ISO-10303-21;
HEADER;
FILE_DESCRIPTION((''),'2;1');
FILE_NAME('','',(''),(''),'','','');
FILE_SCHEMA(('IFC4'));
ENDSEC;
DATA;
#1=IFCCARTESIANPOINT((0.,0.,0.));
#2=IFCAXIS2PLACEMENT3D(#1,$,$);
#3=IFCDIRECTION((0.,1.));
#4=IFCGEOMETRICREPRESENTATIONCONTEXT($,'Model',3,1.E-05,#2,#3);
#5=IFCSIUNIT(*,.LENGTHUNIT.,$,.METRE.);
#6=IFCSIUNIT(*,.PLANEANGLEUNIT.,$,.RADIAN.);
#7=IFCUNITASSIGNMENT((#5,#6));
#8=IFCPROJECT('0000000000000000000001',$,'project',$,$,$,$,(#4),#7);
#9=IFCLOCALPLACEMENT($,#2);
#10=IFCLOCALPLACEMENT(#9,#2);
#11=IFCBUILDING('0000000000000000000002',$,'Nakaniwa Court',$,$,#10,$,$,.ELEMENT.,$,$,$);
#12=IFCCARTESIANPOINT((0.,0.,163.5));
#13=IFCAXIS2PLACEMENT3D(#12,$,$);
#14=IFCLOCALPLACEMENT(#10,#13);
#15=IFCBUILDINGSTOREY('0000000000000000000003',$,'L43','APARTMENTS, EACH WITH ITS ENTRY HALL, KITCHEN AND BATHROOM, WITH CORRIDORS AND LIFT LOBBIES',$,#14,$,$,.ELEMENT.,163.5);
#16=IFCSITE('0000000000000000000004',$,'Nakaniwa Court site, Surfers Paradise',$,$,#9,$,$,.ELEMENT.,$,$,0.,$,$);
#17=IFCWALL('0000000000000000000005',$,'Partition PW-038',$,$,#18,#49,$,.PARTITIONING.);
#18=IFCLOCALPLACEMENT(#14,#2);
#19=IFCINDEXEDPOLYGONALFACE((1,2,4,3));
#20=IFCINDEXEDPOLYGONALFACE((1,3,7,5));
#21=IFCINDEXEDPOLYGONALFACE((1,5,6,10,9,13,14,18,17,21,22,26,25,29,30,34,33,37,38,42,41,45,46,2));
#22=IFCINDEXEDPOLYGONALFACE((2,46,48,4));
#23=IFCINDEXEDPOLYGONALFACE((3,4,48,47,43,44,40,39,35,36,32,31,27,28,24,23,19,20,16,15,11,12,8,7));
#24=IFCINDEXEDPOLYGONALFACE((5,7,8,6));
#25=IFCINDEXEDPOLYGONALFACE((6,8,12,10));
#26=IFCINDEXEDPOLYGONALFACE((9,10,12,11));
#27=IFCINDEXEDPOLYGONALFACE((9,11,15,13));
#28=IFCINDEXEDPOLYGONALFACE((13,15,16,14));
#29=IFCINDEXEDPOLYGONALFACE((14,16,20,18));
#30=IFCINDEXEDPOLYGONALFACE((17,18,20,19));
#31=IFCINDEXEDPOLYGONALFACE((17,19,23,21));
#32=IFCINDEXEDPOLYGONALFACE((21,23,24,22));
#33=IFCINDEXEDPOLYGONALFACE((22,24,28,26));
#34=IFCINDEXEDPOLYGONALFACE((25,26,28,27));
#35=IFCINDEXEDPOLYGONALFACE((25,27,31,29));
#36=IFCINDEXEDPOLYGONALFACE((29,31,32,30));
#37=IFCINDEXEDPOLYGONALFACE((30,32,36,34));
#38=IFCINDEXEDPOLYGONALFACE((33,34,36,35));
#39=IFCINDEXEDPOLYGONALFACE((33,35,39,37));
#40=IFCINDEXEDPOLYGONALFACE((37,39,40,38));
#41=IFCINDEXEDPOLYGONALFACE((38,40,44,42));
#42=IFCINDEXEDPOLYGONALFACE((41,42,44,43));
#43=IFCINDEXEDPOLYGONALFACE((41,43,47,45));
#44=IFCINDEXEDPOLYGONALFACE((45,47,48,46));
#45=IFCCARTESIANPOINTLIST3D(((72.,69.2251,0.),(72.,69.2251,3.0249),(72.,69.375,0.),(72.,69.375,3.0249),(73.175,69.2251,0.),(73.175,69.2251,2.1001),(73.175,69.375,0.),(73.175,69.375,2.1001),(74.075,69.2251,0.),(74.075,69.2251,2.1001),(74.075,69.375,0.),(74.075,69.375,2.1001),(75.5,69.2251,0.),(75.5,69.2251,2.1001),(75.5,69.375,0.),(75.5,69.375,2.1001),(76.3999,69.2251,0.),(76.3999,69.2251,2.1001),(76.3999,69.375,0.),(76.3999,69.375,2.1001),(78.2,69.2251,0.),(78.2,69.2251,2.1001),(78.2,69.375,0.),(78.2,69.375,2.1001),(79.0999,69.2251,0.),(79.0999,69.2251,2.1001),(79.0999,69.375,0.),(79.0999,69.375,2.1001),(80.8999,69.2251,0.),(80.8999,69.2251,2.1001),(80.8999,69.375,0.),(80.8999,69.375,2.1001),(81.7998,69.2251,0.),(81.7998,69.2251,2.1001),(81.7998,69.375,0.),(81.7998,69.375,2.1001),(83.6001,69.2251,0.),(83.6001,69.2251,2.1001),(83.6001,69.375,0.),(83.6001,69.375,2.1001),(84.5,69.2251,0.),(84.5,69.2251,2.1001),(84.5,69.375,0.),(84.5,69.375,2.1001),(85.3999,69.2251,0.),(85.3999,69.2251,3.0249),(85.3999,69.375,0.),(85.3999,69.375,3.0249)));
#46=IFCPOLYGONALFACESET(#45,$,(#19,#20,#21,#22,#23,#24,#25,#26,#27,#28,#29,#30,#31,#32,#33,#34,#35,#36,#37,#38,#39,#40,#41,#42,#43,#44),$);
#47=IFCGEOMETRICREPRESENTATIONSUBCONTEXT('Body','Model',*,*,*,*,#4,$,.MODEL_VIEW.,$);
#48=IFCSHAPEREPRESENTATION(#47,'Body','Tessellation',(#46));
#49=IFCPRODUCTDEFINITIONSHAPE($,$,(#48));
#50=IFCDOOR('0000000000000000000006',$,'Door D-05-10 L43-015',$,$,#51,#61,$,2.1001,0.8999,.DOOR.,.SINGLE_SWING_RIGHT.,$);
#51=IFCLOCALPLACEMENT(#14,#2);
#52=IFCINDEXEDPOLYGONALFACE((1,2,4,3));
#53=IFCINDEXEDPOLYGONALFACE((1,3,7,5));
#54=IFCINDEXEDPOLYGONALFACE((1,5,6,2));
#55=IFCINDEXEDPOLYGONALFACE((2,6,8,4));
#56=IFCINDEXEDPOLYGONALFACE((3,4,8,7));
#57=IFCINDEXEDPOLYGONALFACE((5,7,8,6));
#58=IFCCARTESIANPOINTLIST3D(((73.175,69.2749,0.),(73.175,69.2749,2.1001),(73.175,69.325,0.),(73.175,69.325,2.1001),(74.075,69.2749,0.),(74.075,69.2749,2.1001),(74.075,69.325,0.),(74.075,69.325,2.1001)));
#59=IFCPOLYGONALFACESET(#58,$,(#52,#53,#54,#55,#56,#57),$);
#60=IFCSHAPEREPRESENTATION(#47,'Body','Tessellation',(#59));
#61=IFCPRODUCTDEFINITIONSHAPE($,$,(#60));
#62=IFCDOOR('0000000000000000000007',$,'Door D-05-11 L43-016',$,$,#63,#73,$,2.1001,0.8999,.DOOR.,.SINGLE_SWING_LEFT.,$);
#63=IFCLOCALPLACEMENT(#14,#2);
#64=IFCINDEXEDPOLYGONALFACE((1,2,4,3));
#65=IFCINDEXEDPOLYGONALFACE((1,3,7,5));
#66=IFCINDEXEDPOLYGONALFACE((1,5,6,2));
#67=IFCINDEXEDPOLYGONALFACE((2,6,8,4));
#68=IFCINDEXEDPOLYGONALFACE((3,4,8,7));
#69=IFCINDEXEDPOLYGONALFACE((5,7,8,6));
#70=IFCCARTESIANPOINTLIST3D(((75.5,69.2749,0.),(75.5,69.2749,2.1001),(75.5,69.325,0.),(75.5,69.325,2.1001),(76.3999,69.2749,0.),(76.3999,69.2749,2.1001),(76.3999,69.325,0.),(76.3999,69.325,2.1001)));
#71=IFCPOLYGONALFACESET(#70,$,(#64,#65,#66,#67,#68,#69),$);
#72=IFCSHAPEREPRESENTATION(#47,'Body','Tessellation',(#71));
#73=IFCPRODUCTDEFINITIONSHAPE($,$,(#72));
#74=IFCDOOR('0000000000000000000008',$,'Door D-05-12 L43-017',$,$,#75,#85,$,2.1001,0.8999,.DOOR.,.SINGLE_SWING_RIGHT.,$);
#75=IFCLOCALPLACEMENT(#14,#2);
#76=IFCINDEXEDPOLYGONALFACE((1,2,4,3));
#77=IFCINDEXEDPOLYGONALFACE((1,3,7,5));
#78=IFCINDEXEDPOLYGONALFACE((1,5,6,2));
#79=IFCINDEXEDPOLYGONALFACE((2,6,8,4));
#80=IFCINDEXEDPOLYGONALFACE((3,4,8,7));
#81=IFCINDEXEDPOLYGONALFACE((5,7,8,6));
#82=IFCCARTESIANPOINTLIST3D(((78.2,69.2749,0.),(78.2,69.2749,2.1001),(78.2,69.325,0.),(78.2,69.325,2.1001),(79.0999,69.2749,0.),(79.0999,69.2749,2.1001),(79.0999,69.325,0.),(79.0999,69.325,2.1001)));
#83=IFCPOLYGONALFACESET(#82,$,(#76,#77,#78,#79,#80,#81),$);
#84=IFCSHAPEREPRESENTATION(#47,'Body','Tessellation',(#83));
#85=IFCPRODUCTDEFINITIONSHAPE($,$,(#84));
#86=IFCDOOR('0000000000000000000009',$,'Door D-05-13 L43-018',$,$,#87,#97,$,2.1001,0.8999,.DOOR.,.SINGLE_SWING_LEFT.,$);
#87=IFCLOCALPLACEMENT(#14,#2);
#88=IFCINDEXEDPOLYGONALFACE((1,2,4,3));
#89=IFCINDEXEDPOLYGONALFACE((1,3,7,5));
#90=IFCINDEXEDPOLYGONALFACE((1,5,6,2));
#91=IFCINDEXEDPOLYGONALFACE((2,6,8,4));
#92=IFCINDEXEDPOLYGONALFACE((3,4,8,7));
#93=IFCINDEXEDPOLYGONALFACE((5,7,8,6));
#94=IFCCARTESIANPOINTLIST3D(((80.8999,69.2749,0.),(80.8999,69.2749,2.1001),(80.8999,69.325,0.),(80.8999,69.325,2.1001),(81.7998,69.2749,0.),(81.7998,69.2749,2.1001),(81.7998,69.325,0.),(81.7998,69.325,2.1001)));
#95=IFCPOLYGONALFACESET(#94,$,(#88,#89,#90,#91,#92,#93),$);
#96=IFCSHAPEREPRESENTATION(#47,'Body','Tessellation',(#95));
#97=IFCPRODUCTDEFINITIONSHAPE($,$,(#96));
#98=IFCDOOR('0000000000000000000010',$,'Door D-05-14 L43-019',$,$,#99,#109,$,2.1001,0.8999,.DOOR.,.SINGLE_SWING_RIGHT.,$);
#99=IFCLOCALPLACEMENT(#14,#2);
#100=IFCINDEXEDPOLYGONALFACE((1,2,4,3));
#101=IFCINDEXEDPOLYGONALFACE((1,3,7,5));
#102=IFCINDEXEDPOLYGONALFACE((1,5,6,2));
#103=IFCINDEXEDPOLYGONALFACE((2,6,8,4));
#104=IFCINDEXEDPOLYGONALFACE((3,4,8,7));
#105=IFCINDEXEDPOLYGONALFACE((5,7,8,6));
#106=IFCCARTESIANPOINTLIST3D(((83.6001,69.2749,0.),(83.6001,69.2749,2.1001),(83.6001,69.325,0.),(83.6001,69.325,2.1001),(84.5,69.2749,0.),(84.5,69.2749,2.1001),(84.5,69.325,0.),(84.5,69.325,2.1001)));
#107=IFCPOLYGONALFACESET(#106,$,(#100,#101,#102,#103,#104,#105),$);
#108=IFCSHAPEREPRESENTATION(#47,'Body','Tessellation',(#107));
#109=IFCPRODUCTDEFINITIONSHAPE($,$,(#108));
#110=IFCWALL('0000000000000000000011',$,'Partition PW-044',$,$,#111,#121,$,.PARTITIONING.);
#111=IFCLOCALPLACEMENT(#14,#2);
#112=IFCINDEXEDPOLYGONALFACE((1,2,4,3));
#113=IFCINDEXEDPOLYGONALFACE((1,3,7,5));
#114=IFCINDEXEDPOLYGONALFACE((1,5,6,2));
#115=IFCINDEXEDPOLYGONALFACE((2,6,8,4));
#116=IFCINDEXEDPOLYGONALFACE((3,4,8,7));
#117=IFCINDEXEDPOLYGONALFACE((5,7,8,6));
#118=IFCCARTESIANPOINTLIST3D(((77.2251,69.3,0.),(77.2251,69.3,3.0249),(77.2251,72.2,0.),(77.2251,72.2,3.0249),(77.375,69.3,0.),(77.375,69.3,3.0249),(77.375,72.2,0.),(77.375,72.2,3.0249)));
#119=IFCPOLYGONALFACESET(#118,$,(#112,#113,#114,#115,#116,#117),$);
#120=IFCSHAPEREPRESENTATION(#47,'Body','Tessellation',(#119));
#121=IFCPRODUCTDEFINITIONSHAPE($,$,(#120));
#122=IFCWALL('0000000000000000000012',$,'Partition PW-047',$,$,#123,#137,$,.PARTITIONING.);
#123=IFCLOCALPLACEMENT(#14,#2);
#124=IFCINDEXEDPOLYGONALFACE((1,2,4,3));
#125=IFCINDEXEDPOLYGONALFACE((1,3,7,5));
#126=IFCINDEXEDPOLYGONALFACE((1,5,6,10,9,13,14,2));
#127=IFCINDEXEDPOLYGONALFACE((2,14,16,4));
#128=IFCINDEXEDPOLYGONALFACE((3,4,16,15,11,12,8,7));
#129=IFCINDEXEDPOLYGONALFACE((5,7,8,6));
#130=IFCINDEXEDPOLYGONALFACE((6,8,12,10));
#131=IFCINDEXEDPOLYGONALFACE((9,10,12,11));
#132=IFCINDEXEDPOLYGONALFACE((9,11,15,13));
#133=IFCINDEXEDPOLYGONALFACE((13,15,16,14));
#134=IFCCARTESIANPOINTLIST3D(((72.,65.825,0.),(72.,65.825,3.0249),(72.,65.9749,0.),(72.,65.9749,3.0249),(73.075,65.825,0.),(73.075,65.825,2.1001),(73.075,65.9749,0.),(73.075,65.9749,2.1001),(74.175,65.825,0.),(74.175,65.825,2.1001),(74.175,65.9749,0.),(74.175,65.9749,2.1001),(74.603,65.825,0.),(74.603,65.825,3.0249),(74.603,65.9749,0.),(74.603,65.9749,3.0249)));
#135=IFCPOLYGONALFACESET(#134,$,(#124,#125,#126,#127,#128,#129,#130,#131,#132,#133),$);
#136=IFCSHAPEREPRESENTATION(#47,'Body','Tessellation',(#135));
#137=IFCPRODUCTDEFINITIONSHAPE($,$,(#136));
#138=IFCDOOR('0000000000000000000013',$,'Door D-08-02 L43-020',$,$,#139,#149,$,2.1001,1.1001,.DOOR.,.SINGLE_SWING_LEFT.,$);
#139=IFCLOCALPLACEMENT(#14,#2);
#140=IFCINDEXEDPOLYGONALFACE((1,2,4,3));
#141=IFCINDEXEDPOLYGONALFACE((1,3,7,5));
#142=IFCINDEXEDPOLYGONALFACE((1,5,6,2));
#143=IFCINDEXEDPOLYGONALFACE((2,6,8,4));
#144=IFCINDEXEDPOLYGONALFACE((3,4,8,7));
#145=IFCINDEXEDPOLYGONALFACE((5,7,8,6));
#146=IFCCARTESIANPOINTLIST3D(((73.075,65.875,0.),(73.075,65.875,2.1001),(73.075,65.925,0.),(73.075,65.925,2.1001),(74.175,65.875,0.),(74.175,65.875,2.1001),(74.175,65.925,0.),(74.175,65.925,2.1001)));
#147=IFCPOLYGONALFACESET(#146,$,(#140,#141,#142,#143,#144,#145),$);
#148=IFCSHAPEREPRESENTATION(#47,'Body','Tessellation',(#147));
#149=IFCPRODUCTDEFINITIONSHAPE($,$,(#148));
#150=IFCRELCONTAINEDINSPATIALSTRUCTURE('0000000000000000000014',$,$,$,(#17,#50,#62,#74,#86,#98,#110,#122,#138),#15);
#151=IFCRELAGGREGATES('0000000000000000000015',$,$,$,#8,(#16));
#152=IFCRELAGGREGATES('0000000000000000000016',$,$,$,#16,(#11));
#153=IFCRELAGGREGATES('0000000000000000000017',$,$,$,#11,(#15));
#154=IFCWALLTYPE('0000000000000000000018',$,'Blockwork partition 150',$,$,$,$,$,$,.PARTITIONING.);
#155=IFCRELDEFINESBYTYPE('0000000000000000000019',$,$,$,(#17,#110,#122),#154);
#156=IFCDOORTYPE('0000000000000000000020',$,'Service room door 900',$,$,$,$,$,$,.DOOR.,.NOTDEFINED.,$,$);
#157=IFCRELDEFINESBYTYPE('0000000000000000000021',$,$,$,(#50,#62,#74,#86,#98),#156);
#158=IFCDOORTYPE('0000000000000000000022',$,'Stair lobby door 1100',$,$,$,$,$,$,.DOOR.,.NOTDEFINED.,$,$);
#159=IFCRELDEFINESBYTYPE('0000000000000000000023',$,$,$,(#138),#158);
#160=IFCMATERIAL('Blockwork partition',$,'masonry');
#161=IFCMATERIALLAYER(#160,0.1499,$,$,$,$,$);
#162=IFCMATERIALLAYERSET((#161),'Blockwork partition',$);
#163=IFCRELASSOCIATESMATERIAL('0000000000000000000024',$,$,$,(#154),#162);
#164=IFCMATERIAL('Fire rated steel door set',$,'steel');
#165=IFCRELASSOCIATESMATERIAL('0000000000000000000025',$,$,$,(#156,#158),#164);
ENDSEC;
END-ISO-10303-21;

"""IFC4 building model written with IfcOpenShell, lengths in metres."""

from ifc_helpers import new_model, si_unit, direction, frame, frame_2d, origin, place, context, subcontext, project, spatial, rectangle, extrude, material, layer, layer_set, type_object, element, fill, save


model = new_model("IFC4")

# Units and contexts
model_context = context("Model", 3, precision=1e-05, world=origin(), true_north=direction((0.0, 1.0)))
body_context = subcontext(model_context, "Body", "Model", "MODEL_VIEW")
ifc_project = project(units=[si_unit("LENGTHUNIT", "METRE"), si_unit("PLANEANGLEUNIT", "RADIAN")], contexts=[model_context])

# Site, building, storey
site_placement = place(None, origin())
site = spatial("IfcSite", under=ifc_project, at=site_placement, Name="Nakaniwa Court site, Surfers Paradise", CompositionType="ELEMENT", RefElevation=0.0)
building_placement = place(site_placement, origin())
building = spatial("IfcBuilding", under=site, at=building_placement, Name="Nakaniwa Court", CompositionType="ELEMENT")
storey_placement = place(building_placement, frame((0.0, 0.0, 163.5)))
storey = spatial("IfcBuildingStorey", under=building, at=storey_placement, Name="L43", Description="APARTMENTS, EACH WITH ITS ENTRY HALL, KITCHEN AND BATHROOM, WITH CORRIDORS AND LIFT LOBBIES", CompositionType="ELEMENT", Elevation=163.5)

# Shared definitions
ifc_material_1 = material(Name="Blockwork partition", Category="masonry")
ifc_layer_1 = layer(ifc_material_1, 0.1499)
ifc_layer_set_1 = layer_set([ifc_layer_1], Name="Blockwork partition")
wall_type_1 = type_object("IfcWallType", Name="Blockwork partition 150", PredefinedType="PARTITIONING", material=ifc_layer_set_1)

# Wall, openings, doors
wall_1_placement = place(storey_placement, frame((72.0, 69.3, 0.0), z_axis=(0.0, 0.0, 1.0), x_axis=(1.0, 0.0, 0.0)))
wall_1 = element("IfcWall", 1, at=wall_1_placement, inside=storey, type_object=wall_type_1, Name="Partition PW-038", PredefinedType="PARTITIONING", context=body_context, shape_type="SweptSolid", body=[
    extrude(rectangle(XDim=13.3999, YDim=0.1499, at=frame_2d((6.7, 0.0))), origin(), (0.0, 0.0, 1.0), 3.0249),
])
opening_1_placement = place(wall_1_placement, frame((1.175, 0.0, 0.0)))
opening_1 = element("IfcOpeningElement", 2, at=opening_1_placement, cuts=wall_1, PredefinedType="OPENING", context=body_context, shape_type="SweptSolid", body=[
    extrude(rectangle(XDim=0.8999, YDim=2.1001, at=frame_2d((0.45, 1.05))), frame((0.0, 0.085, 0.0), z_axis=(0.0, -1.0, 0.0), x_axis=(1.0, 0.0, 0.0)), (0.0, 0.0, 1.0), 0.1699),
])
opening_2_placement = place(wall_1_placement, frame((3.5, 0.0, 0.0)))
opening_2 = element("IfcOpeningElement", 3, at=opening_2_placement, cuts=wall_1, PredefinedType="OPENING", context=body_context, shape_type="SweptSolid", body=[
    extrude(rectangle(XDim=0.8999, YDim=2.1001, at=frame_2d((0.45, 1.05))), frame((0.0, 0.085, 0.0), z_axis=(0.0, -1.0, 0.0), x_axis=(1.0, 0.0, 0.0)), (0.0, 0.0, 1.0), 0.1699),
])
opening_3_placement = place(wall_1_placement, frame((6.2, 0.0, 0.0)))
opening_3 = element("IfcOpeningElement", 4, at=opening_3_placement, cuts=wall_1, PredefinedType="OPENING", context=body_context, shape_type="SweptSolid", body=[
    extrude(rectangle(XDim=0.8999, YDim=2.1001, at=frame_2d((0.45, 1.05))), frame((0.0, 0.085, 0.0), z_axis=(0.0, -1.0, 0.0), x_axis=(1.0, 0.0, 0.0)), (0.0, 0.0, 1.0), 0.1699),
])
opening_4_placement = place(wall_1_placement, frame((8.8999, 0.0, 0.0)))
opening_4 = element("IfcOpeningElement", 5, at=opening_4_placement, cuts=wall_1, PredefinedType="OPENING", context=body_context, shape_type="SweptSolid", body=[
    extrude(rectangle(XDim=0.8999, YDim=2.1001, at=frame_2d((0.45, 1.05))), frame((0.0, 0.085, 0.0), z_axis=(0.0, -1.0, 0.0), x_axis=(1.0, 0.0, 0.0)), (0.0, 0.0, 1.0), 0.1699),
])
opening_5_placement = place(wall_1_placement, frame((11.6001, 0.0, 0.0)))
opening_5 = element("IfcOpeningElement", 6, at=opening_5_placement, cuts=wall_1, PredefinedType="OPENING", context=body_context, shape_type="SweptSolid", body=[
    extrude(rectangle(XDim=0.8999, YDim=2.1001, at=frame_2d((0.45, 1.05))), frame((0.0, 0.085, 0.0), z_axis=(0.0, -1.0, 0.0), x_axis=(1.0, 0.0, 0.0)), (0.0, 0.0, 1.0), 0.1699),
])
ifc_material_2 = material(Name="Fire rated steel door set", Category="steel")
door_type_1 = type_object("IfcDoorType", Name="Service room door 900", OperationType="NOTDEFINED", PredefinedType="DOOR", material=ifc_material_2)
door_1_placement = place(opening_1_placement, origin())
door_1 = element("IfcDoor", 7, at=door_1_placement, inside=storey, type_object=door_type_1, Name="Door D-05-10 L43-015", OperationType="SINGLE_SWING_RIGHT", OverallHeight=2.1001, OverallWidth=0.8999, PredefinedType="DOOR", context=body_context, shape_type="SweptSolid", body=[
    extrude(rectangle(XDim=0.8999, YDim=2.1001, at=frame_2d((0.45, 1.05))), frame((0.0, 0.0249, 0.0), z_axis=(0.0, -1.0, 0.0), x_axis=(1.0, 0.0, 0.0)), (0.0, 0.0, 1.0), 0.05),
])
fill(opening_1, door_1)
door_2_placement = place(opening_2_placement, origin())
door_2 = element("IfcDoor", 8, at=door_2_placement, inside=storey, type_object=door_type_1, Name="Door D-05-11 L43-016", OperationType="SINGLE_SWING_LEFT", OverallHeight=2.1001, OverallWidth=0.8999, PredefinedType="DOOR", context=body_context, shape_type="SweptSolid", body=[
    extrude(rectangle(XDim=0.8999, YDim=2.1001, at=frame_2d((0.45, 1.05))), frame((0.0, 0.0249, 0.0), z_axis=(0.0, -1.0, 0.0), x_axis=(1.0, 0.0, 0.0)), (0.0, 0.0, 1.0), 0.05),
])
fill(opening_2, door_2)
door_3_placement = place(opening_3_placement, origin())
door_3 = element("IfcDoor", 9, at=door_3_placement, inside=storey, type_object=door_type_1, Name="Door D-05-12 L43-017", OperationType="SINGLE_SWING_RIGHT", OverallHeight=2.1001, OverallWidth=0.8999, PredefinedType="DOOR", context=body_context, shape_type="SweptSolid", body=[
    extrude(rectangle(XDim=0.8999, YDim=2.1001, at=frame_2d((0.45, 1.05))), frame((0.0, 0.0249, 0.0), z_axis=(0.0, -1.0, 0.0), x_axis=(1.0, 0.0, 0.0)), (0.0, 0.0, 1.0), 0.05),
])
fill(opening_3, door_3)
door_4_placement = place(opening_4_placement, origin())
door_4 = element("IfcDoor", 10, at=door_4_placement, inside=storey, type_object=door_type_1, Name="Door D-05-13 L43-018", OperationType="SINGLE_SWING_LEFT", OverallHeight=2.1001, OverallWidth=0.8999, PredefinedType="DOOR", context=body_context, shape_type="SweptSolid", body=[
    extrude(rectangle(XDim=0.8999, YDim=2.1001, at=frame_2d((0.45, 1.05))), frame((0.0, 0.0249, 0.0), z_axis=(0.0, -1.0, 0.0), x_axis=(1.0, 0.0, 0.0)), (0.0, 0.0, 1.0), 0.05),
])
fill(opening_4, door_4)
door_5_placement = place(opening_5_placement, origin())
door_5 = element("IfcDoor", 11, at=door_5_placement, inside=storey, type_object=door_type_1, Name="Door D-05-14 L43-019", OperationType="SINGLE_SWING_RIGHT", OverallHeight=2.1001, OverallWidth=0.8999, PredefinedType="DOOR", context=body_context, shape_type="SweptSolid", body=[
    extrude(rectangle(XDim=0.8999, YDim=2.1001, at=frame_2d((0.45, 1.05))), frame((0.0, 0.0249, 0.0), z_axis=(0.0, -1.0, 0.0), x_axis=(1.0, 0.0, 0.0)), (0.0, 0.0, 1.0), 0.05),
])
fill(opening_5, door_5)

# Wall
wall_2_placement = place(storey_placement, frame((77.3, 69.3, 0.0), z_axis=(0.0, 0.0, 1.0), x_axis=(0.0, 1.0, 0.0)))
element("IfcWall", 12, at=wall_2_placement, inside=storey, type_object=wall_type_1, Name="Partition PW-044", PredefinedType="PARTITIONING", context=body_context, shape_type="SweptSolid", body=[
    extrude(rectangle(XDim=2.8999, YDim=0.1499, at=frame_2d((1.45, 0.0))), origin(), (0.0, 0.0, 1.0), 3.0249),
])

# Wall, opening, door
wall_3_placement = place(storey_placement, frame((74.603, 65.8999, 0.0), z_axis=(0.0, 0.0, 1.0), x_axis=(-1.0, 0.0, 0.0)))
wall_3 = element("IfcWall", 13, at=wall_3_placement, inside=storey, type_object=wall_type_1, Name="Partition PW-047", PredefinedType="PARTITIONING", context=body_context, shape_type="SweptSolid", body=[
    extrude(rectangle(XDim=2.603, YDim=0.1499, at=frame_2d((1.3015, 0.0))), origin(), (0.0, 0.0, 1.0), 3.0249),
])
opening_6_placement = place(wall_3_placement, frame((0.428, 0.0, 0.0)))
opening_6 = element("IfcOpeningElement", 14, at=opening_6_placement, cuts=wall_3, PredefinedType="OPENING", context=body_context, shape_type="SweptSolid", body=[
    extrude(rectangle(XDim=1.1001, YDim=2.1001, at=frame_2d((0.55, 1.05))), frame((0.0, 0.085, 0.0), z_axis=(0.0, -1.0, 0.0), x_axis=(1.0, 0.0, 0.0)), (0.0, 0.0, 1.0), 0.1699),
])
door_type_2 = type_object("IfcDoorType", Name="Stair lobby door 1100", OperationType="NOTDEFINED", PredefinedType="DOOR", material=ifc_material_2)
door_6_placement = place(opening_6_placement, origin())
door_6 = element("IfcDoor", 15, at=door_6_placement, inside=storey, type_object=door_type_2, Name="Door D-08-02 L43-020", OperationType="SINGLE_SWING_LEFT", OverallHeight=2.1001, OverallWidth=1.1001, PredefinedType="DOOR", context=body_context, shape_type="SweptSolid", body=[
    extrude(rectangle(XDim=1.1001, YDim=2.1001, at=frame_2d((0.55, 1.05))), frame((0.0, 0.0249, 0.0), z_axis=(0.0, -1.0, 0.0), x_axis=(1.0, 0.0, 0.0)), (0.0, 0.0, 1.0), 0.05),
])
fill(opening_6, door_6)

save(model, "model.ifc")
